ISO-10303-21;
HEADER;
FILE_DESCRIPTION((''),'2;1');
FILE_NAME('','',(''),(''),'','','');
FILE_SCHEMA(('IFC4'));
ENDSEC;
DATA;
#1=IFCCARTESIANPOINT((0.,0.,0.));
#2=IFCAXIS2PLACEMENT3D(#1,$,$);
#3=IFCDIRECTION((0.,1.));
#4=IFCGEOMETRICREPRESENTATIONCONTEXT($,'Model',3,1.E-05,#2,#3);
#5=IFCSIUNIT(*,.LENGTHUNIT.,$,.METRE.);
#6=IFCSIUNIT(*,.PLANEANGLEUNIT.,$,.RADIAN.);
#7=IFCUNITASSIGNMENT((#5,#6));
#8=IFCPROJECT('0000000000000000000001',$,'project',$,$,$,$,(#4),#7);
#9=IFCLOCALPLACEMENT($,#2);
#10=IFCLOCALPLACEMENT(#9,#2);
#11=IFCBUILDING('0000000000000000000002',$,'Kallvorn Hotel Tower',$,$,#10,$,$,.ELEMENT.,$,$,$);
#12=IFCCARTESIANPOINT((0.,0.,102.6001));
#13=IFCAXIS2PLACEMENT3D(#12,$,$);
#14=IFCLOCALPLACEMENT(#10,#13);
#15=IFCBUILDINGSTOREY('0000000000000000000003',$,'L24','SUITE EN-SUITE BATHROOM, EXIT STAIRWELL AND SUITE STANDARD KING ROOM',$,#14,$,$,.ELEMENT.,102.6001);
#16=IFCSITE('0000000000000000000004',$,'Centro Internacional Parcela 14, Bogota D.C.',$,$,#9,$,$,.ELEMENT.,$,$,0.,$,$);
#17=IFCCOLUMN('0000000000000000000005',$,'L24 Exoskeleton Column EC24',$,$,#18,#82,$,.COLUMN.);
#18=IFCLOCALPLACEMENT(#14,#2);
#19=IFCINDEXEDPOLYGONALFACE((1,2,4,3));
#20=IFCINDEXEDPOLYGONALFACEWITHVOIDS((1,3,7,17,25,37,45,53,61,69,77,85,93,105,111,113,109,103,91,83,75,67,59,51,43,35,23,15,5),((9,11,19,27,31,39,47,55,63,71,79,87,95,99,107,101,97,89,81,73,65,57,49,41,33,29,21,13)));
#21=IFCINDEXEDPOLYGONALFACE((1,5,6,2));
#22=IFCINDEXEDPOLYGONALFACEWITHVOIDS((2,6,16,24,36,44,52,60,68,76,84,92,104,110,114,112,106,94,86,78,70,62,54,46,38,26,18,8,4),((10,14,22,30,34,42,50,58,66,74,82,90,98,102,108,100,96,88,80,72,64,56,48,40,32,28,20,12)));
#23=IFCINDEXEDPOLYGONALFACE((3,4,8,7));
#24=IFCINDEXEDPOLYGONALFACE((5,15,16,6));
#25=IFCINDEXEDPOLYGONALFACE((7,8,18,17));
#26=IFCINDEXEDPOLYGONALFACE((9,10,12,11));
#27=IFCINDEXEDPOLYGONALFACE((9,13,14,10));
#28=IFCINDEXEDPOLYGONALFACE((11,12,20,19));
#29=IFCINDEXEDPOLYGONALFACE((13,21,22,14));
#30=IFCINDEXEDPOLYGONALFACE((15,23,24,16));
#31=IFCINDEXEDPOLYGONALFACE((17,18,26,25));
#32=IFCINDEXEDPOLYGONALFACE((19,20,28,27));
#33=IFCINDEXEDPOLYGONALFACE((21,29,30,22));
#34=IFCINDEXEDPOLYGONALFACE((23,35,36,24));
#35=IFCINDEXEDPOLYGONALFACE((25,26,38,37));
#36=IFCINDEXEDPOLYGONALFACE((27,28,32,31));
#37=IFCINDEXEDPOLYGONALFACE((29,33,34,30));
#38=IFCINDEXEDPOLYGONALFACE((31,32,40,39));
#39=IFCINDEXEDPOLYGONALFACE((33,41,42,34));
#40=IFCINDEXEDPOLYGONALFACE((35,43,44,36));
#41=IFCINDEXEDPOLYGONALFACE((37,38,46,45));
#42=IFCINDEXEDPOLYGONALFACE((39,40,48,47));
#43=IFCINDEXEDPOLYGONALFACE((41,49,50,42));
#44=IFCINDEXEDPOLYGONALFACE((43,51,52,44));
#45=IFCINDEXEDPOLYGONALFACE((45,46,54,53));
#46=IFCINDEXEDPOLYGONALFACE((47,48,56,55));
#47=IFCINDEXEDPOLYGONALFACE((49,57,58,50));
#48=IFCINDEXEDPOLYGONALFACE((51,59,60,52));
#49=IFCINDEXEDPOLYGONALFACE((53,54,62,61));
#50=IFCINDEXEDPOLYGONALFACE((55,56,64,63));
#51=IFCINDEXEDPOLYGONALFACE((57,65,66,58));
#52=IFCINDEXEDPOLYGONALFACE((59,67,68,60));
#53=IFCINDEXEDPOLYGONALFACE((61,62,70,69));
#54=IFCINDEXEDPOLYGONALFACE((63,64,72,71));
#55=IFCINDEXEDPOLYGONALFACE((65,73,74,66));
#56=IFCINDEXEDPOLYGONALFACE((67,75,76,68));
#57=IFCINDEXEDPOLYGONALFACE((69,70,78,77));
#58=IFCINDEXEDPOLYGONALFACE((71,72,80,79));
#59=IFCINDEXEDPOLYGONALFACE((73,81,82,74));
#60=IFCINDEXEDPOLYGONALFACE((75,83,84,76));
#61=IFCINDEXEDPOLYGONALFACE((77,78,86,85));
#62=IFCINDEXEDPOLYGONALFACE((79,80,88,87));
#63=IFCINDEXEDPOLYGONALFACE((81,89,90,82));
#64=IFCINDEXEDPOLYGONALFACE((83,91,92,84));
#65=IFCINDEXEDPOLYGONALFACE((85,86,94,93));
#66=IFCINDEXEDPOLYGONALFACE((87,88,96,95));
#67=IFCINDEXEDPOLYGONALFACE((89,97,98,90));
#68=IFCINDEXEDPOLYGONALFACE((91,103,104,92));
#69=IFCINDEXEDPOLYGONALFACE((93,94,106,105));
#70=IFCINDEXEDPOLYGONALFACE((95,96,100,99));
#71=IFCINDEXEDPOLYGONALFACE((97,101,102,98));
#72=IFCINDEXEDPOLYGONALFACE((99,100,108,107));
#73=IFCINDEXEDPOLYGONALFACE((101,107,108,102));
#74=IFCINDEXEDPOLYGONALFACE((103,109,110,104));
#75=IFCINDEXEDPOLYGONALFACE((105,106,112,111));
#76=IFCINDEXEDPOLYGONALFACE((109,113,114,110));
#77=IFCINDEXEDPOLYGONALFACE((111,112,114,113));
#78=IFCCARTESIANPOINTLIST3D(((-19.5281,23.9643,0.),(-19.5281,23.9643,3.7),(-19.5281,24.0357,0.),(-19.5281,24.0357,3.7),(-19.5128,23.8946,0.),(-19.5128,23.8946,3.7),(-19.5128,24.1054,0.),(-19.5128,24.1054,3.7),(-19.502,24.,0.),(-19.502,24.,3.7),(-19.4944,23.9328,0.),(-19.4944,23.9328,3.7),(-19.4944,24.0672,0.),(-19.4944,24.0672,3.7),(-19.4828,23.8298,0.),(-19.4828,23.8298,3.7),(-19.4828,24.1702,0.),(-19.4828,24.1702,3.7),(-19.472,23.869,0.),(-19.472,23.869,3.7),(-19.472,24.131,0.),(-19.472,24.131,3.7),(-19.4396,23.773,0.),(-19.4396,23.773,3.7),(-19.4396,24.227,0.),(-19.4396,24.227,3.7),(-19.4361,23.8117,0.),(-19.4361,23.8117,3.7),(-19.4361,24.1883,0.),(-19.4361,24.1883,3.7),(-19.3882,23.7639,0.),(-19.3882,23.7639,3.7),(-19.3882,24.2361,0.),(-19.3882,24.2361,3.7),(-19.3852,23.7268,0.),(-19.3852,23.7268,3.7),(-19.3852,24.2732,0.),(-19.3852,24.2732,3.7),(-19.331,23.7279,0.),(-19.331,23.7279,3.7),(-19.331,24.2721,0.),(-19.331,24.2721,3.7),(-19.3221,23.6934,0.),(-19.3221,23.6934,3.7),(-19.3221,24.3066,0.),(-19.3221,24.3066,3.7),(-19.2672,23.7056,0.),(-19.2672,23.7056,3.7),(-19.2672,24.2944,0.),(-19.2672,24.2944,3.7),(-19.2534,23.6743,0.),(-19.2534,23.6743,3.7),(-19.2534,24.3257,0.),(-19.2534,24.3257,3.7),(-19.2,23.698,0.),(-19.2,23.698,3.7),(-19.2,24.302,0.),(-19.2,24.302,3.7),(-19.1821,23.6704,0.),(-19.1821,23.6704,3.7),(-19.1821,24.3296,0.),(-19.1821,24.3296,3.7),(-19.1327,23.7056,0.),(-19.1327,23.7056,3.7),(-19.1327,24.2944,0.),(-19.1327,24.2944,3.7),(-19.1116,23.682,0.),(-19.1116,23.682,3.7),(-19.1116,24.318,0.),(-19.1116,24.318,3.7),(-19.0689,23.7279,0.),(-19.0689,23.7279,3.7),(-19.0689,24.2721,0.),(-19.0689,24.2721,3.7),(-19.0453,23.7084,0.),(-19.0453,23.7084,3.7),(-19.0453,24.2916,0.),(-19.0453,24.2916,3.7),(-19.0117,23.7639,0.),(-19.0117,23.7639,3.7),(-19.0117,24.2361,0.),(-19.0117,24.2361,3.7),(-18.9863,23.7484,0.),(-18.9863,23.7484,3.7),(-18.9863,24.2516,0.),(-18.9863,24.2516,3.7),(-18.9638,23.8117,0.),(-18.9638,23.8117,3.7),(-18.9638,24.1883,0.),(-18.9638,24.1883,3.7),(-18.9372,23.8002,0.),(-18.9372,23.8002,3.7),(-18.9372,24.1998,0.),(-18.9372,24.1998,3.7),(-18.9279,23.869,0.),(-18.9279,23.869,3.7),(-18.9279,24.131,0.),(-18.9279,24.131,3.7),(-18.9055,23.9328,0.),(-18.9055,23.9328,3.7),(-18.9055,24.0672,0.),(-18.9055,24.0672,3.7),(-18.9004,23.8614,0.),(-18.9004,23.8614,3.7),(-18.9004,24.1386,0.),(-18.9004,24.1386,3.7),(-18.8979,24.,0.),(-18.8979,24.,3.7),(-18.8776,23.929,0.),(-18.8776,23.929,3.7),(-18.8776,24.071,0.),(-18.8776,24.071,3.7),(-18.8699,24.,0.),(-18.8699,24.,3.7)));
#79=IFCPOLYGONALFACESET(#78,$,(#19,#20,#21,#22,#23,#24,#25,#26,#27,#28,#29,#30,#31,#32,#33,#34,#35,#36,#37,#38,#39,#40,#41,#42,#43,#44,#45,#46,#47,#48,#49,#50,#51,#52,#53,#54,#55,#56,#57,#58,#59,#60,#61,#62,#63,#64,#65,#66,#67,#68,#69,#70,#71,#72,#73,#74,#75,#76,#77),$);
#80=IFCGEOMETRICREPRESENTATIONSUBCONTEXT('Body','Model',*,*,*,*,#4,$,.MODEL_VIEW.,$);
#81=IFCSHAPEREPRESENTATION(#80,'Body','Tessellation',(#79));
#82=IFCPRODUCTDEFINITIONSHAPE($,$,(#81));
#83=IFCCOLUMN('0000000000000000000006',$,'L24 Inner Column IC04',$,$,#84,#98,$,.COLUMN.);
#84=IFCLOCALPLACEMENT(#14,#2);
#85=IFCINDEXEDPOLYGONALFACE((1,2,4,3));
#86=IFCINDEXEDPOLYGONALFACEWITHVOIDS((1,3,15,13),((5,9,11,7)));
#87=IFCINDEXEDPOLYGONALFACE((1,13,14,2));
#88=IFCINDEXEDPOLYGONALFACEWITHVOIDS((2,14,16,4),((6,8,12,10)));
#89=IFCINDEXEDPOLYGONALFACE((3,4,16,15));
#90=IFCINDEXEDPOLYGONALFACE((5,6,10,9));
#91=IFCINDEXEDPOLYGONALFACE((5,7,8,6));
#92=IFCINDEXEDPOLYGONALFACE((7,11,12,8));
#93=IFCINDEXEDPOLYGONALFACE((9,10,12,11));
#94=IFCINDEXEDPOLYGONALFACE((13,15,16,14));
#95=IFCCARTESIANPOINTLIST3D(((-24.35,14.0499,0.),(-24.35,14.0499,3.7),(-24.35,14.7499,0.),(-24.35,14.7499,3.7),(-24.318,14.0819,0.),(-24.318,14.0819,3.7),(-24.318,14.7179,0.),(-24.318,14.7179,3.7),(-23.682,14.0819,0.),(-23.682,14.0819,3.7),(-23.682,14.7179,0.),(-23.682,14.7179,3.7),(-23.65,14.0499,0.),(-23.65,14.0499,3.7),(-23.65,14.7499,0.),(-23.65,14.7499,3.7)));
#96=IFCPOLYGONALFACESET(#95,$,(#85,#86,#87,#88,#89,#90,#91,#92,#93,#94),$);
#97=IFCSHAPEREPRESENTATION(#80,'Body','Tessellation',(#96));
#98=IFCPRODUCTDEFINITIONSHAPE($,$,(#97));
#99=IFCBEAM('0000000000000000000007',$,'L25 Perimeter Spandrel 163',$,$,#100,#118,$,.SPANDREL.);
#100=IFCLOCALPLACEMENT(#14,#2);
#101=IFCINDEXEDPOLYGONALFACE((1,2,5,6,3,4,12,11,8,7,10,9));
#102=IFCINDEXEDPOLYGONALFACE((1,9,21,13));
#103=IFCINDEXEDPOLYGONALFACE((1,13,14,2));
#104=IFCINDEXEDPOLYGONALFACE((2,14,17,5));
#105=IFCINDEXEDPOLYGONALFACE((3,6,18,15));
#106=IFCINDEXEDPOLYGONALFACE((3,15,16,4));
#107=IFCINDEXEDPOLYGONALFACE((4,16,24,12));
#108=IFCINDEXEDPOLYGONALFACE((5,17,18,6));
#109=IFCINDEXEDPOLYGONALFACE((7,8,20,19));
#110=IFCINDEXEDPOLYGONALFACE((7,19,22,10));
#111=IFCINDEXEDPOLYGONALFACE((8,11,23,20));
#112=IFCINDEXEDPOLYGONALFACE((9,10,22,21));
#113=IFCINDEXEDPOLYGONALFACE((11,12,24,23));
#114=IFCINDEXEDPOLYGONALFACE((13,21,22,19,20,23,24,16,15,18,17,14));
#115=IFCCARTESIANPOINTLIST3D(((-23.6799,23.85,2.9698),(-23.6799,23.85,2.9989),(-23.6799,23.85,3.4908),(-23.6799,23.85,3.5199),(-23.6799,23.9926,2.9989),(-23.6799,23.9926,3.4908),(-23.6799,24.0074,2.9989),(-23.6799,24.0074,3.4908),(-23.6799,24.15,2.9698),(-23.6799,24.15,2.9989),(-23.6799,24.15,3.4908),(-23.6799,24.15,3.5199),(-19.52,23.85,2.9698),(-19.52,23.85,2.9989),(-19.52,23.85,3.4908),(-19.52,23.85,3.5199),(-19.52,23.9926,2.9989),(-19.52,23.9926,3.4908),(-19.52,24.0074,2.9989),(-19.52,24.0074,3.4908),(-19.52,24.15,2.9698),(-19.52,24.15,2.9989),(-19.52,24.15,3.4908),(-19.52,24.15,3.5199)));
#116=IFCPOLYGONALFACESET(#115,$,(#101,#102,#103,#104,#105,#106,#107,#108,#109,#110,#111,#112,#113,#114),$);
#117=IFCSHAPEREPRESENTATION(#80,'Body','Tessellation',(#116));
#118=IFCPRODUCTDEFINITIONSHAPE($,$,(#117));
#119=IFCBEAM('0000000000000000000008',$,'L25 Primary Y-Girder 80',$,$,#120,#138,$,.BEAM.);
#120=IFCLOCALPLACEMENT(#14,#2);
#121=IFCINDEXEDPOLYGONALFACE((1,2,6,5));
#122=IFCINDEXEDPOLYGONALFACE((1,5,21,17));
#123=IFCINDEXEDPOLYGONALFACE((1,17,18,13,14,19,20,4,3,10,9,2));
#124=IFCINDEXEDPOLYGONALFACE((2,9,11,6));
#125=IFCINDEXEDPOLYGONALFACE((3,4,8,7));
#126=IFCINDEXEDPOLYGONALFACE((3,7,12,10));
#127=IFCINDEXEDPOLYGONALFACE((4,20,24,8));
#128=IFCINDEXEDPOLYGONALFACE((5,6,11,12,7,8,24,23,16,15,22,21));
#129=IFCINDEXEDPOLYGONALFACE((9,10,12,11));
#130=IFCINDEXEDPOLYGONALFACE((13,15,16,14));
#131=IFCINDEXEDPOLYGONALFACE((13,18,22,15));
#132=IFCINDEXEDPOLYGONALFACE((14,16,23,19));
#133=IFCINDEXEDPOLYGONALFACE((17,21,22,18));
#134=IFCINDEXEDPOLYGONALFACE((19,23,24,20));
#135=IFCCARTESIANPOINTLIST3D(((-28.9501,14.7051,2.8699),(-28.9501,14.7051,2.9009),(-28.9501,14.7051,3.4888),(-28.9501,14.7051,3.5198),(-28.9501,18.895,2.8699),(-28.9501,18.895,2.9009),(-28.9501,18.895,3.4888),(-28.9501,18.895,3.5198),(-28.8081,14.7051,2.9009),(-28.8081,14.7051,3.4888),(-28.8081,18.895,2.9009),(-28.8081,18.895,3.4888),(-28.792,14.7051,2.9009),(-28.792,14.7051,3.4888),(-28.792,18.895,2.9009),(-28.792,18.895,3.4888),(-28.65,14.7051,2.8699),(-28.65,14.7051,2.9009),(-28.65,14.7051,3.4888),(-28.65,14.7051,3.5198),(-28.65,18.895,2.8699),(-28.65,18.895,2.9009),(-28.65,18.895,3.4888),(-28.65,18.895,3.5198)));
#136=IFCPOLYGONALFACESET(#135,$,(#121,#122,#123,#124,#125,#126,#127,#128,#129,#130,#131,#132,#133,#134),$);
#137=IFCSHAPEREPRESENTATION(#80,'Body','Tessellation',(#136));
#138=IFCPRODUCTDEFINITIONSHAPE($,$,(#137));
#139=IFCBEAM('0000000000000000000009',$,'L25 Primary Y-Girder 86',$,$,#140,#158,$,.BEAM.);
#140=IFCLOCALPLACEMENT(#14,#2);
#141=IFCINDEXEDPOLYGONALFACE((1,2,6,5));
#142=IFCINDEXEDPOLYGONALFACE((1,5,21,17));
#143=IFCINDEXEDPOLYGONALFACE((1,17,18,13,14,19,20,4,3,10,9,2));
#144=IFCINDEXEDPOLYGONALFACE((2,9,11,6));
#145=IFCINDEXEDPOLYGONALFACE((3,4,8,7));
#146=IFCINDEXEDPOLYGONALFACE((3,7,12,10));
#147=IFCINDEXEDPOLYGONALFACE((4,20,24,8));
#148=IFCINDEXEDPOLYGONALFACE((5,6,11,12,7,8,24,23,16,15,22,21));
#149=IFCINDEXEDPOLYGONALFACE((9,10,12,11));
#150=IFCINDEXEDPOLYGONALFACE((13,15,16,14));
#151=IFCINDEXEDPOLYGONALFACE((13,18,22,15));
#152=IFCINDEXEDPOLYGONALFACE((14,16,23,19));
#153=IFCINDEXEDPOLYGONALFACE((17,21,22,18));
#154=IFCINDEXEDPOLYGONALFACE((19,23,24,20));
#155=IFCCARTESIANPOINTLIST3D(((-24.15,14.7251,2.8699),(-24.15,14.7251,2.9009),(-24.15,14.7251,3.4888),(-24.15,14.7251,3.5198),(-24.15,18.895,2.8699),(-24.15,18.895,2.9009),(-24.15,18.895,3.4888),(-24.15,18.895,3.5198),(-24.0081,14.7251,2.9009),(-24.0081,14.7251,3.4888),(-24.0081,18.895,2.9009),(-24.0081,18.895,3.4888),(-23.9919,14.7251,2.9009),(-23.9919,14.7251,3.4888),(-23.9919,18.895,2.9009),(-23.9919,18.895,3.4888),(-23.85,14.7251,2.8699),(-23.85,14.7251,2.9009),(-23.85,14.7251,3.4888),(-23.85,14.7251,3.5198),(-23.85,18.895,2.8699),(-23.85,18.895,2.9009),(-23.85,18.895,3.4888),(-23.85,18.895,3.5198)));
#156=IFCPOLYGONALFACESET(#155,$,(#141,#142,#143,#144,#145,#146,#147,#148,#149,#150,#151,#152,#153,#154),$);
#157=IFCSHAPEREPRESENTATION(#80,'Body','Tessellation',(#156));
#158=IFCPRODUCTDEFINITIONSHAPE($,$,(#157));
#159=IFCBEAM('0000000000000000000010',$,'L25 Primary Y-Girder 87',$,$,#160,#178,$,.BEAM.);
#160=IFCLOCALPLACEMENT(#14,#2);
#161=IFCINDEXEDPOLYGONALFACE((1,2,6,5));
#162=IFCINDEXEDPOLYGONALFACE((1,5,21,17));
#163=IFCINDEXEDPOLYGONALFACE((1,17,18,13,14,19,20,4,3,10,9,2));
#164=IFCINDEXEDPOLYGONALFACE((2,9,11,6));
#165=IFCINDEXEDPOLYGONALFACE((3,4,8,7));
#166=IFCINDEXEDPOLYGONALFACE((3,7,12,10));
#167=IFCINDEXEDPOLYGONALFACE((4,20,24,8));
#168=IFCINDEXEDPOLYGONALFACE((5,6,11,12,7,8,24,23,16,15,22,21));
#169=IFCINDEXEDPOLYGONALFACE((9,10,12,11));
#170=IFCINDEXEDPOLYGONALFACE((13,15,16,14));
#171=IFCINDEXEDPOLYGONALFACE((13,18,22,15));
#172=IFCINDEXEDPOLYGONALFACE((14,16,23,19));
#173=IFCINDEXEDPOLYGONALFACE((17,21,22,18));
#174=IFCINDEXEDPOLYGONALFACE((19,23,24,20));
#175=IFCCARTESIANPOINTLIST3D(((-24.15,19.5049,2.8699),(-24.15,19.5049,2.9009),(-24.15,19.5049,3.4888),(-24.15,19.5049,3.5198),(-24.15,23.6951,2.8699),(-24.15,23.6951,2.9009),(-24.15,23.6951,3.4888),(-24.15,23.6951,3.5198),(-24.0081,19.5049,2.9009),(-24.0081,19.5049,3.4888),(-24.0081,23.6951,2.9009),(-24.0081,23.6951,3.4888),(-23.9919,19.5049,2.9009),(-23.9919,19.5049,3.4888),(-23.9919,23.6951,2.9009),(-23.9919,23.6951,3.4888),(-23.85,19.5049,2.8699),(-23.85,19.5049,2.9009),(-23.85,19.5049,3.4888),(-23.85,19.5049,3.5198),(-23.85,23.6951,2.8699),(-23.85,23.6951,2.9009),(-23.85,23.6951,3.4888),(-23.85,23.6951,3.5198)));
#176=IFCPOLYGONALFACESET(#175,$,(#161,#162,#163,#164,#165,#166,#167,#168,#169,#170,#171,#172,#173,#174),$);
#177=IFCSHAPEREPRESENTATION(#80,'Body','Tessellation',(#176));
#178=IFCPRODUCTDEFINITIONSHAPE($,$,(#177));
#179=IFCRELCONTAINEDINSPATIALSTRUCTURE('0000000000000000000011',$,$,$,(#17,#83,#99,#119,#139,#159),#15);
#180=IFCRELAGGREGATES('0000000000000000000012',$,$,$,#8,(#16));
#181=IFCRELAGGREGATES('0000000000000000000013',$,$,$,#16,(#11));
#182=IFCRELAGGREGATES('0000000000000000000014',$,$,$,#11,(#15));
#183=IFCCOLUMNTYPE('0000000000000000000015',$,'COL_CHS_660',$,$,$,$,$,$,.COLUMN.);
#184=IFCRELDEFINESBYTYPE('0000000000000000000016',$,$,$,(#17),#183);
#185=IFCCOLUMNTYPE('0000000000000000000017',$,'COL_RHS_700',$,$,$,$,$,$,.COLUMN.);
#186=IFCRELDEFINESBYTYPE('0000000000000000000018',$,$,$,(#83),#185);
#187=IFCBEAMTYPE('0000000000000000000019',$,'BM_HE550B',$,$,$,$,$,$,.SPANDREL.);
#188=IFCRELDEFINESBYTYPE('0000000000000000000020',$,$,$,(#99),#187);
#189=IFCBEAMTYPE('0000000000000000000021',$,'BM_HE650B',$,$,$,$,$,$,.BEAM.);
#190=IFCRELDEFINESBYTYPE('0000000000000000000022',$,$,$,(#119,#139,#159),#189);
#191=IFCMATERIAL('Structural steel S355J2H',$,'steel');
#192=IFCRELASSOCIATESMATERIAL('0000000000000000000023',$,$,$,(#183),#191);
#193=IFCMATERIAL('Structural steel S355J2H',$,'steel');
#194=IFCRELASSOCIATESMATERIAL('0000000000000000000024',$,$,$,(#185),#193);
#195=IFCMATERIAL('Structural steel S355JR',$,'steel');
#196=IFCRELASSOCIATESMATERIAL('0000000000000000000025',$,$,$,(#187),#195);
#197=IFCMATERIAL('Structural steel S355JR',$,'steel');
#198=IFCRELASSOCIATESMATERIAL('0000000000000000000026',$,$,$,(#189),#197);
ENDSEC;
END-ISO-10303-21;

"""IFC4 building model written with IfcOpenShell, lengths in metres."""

from ifc_helpers import new_model, si_unit, direction, frame, origin, origin_2d, place, context, subcontext, project, spatial, hollow_rectangle, hollow_circle, i_section, extrude, material, material_profile, profile_set, type_object, element, save


model = new_model("IFC4")

# Units and contexts
model_context = context("Model", 3, precision=1e-05, world=origin(), true_north=direction((0.0, 1.0)))
body_context = subcontext(model_context, "Body", "Model", "MODEL_VIEW")
ifc_project = project(units=[si_unit("LENGTHUNIT", "METRE"), si_unit("PLANEANGLEUNIT", "RADIAN")], contexts=[model_context])

# Site, building, storey
site_placement = place(None, origin())
site = spatial("IfcSite", under=ifc_project, at=site_placement, Name="Centro Internacional Parcela 14, Bogota D.C.", CompositionType="ELEMENT", RefElevation=0.0)
building_placement = place(site_placement, origin())
building = spatial("IfcBuilding", under=site, at=building_placement, Name="Kallvorn Hotel Tower", CompositionType="ELEMENT")
storey_placement = place(building_placement, frame((0.0, 0.0, 102.6001)))
storey = spatial("IfcBuildingStorey", under=building, at=storey_placement, Name="L24", Description="SUITE EN-SUITE BATHROOM, EXIT STAIRWELL AND SUITE STANDARD KING ROOM", CompositionType="ELEMENT", Elevation=102.6001)

# Columns
ifc_material_1 = material(Name="Structural steel S355J2H", Category="steel")
ifc_material_profile_1 = material_profile(ifc_material_1, hollow_circle(Radius=0.3301, WallThickness=0.0281, at=origin_2d()), Name="CHS 660x28")
ifc_profile_set_1 = profile_set([ifc_material_profile_1], Name="Structural steel S355J2H")
column_type_1 = type_object("IfcColumnType", Name="COL_CHS_660", PredefinedType="COLUMN", material=ifc_profile_set_1)
for number, where, z_axis, x_axis, name in (
    (1, (-19.2, 24.0, 0.0), (0.0, 0.0, 1.0), (1.0, 0.0, 0.0), "L24 Exoskeleton Column EC24"),
):
    element("IfcColumn", number, at=place(storey_placement, frame(where, z_axis=z_axis, x_axis=x_axis)), inside=storey, type_object=column_type_1, Name=name, PredefinedType="COLUMN", context=body_context, shape_type="SweptSolid", body=[
        extrude(hollow_circle(Radius=0.3301, WallThickness=0.0281, at=origin_2d()), origin(), (0.0, 0.0, 1.0), 3.7),
    ])
ifc_material_2 = material(Name="Structural steel S355J2H", Category="steel")
ifc_material_profile_2 = material_profile(ifc_material_2, hollow_rectangle(XDim=0.7, YDim=0.7, WallThickness=0.032, at=origin_2d()), Name="RHS 700x700x32")
ifc_profile_set_2 = profile_set([ifc_material_profile_2], Name="Structural steel S355J2H")
column_type_2 = type_object("IfcColumnType", Name="COL_RHS_700", PredefinedType="COLUMN", material=ifc_profile_set_2)
column_placement = place(storey_placement, frame((-24.0, 14.3999, 0.0), z_axis=(0.0, 0.0, 1.0), x_axis=(1.0, 0.0, 0.0)))
element("IfcColumn", 2, at=column_placement, inside=storey, type_object=column_type_2, Name="L24 Inner Column IC04", PredefinedType="COLUMN", context=body_context, shape_type="SweptSolid", body=[
    extrude(hollow_rectangle(XDim=0.7, YDim=0.7, WallThickness=0.032, at=origin_2d()), origin(), (0.0, 0.0, 1.0), 3.7),
])

# Beams
ifc_material_3 = material(Name="Structural steel S355JR", Category="steel")
ifc_material_profile_3 = material_profile(ifc_material_3, i_section(OverallWidth=0.3, OverallDepth=0.55, WebThickness=0.0149, FlangeThickness=0.0291, at=origin_2d()), Name="HE 550 B")
ifc_profile_set_3 = profile_set([ifc_material_profile_3], Name="Structural steel S355JR")
beam_type_1 = type_object("IfcBeamType", Name="BM_HE550B", PredefinedType="SPANDREL", material=ifc_profile_set_3)
beam_1_placement = place(storey_placement, frame((-23.6799, 24.0, 3.2449), z_axis=(1.0, 0.0, 0.0), x_axis=(0.0, 1.0, 0.0)))
element("IfcBeam", 3, at=beam_1_placement, inside=storey, type_object=beam_type_1, Name="L25 Perimeter Spandrel 163", PredefinedType="SPANDREL", context=body_context, shape_type="SweptSolid", body=[
    extrude(i_section(OverallWidth=0.3, OverallDepth=0.55, WebThickness=0.0149, FlangeThickness=0.0291, at=origin_2d()), origin(), (0.0, 0.0, 1.0), 4.1599),
])
ifc_material_4 = material(Name="Structural steel S355JR", Category="steel")
ifc_material_profile_4 = material_profile(ifc_material_4, i_section(OverallWidth=0.3, OverallDepth=0.6499, WebThickness=0.0161, FlangeThickness=0.031, at=origin_2d()), Name="HE 650 B")
ifc_profile_set_4 = profile_set([ifc_material_profile_4], Name="Structural steel S355JR")
beam_type_2 = type_object("IfcBeamType", Name="BM_HE650B", PredefinedType="BEAM", material=ifc_profile_set_4)
beam_2_placement = place(storey_placement, frame((-28.8, 14.7051, 3.1948), z_axis=(0.0, 1.0, 0.0), x_axis=(-1.0, 0.0, 0.0)))
element("IfcBeam", 4, at=beam_2_placement, inside=storey, type_object=beam_type_2, Name="L25 Primary Y-Girder 80", PredefinedType="BEAM", context=body_context, shape_type="SweptSolid", body=[
    extrude(i_section(OverallWidth=0.3, OverallDepth=0.6499, WebThickness=0.0161, FlangeThickness=0.031, at=origin_2d()), origin(), (0.0, 0.0, 1.0), 4.1899),
])
beam_3_placement = place(storey_placement, frame((-24.0, 14.7251, 3.1948), z_axis=(0.0, 1.0, 0.0), x_axis=(-1.0, 0.0, 0.0)))
element("IfcBeam", 5, at=beam_3_placement, inside=storey, type_object=beam_type_2, Name="L25 Primary Y-Girder 86", PredefinedType="BEAM", context=body_context, shape_type="SweptSolid", body=[
    extrude(i_section(OverallWidth=0.3, OverallDepth=0.6499, WebThickness=0.0161, FlangeThickness=0.031, at=origin_2d()), origin(), (0.0, 0.0, 1.0), 4.1699),
])
beam_4_placement = place(storey_placement, frame((-24.0, 19.5049, 3.1948), z_axis=(0.0, 1.0, 0.0), x_axis=(-1.0, 0.0, 0.0)))
element("IfcBeam", 6, at=beam_4_placement, inside=storey, type_object=beam_type_2, Name="L25 Primary Y-Girder 87", PredefinedType="BEAM", context=body_context, shape_type="SweptSolid", body=[
    extrude(i_section(OverallWidth=0.3, OverallDepth=0.6499, WebThickness=0.0161, FlangeThickness=0.031, at=origin_2d()), origin(), (0.0, 0.0, 1.0), 4.1902),
])

save(model, "model.ifc")
